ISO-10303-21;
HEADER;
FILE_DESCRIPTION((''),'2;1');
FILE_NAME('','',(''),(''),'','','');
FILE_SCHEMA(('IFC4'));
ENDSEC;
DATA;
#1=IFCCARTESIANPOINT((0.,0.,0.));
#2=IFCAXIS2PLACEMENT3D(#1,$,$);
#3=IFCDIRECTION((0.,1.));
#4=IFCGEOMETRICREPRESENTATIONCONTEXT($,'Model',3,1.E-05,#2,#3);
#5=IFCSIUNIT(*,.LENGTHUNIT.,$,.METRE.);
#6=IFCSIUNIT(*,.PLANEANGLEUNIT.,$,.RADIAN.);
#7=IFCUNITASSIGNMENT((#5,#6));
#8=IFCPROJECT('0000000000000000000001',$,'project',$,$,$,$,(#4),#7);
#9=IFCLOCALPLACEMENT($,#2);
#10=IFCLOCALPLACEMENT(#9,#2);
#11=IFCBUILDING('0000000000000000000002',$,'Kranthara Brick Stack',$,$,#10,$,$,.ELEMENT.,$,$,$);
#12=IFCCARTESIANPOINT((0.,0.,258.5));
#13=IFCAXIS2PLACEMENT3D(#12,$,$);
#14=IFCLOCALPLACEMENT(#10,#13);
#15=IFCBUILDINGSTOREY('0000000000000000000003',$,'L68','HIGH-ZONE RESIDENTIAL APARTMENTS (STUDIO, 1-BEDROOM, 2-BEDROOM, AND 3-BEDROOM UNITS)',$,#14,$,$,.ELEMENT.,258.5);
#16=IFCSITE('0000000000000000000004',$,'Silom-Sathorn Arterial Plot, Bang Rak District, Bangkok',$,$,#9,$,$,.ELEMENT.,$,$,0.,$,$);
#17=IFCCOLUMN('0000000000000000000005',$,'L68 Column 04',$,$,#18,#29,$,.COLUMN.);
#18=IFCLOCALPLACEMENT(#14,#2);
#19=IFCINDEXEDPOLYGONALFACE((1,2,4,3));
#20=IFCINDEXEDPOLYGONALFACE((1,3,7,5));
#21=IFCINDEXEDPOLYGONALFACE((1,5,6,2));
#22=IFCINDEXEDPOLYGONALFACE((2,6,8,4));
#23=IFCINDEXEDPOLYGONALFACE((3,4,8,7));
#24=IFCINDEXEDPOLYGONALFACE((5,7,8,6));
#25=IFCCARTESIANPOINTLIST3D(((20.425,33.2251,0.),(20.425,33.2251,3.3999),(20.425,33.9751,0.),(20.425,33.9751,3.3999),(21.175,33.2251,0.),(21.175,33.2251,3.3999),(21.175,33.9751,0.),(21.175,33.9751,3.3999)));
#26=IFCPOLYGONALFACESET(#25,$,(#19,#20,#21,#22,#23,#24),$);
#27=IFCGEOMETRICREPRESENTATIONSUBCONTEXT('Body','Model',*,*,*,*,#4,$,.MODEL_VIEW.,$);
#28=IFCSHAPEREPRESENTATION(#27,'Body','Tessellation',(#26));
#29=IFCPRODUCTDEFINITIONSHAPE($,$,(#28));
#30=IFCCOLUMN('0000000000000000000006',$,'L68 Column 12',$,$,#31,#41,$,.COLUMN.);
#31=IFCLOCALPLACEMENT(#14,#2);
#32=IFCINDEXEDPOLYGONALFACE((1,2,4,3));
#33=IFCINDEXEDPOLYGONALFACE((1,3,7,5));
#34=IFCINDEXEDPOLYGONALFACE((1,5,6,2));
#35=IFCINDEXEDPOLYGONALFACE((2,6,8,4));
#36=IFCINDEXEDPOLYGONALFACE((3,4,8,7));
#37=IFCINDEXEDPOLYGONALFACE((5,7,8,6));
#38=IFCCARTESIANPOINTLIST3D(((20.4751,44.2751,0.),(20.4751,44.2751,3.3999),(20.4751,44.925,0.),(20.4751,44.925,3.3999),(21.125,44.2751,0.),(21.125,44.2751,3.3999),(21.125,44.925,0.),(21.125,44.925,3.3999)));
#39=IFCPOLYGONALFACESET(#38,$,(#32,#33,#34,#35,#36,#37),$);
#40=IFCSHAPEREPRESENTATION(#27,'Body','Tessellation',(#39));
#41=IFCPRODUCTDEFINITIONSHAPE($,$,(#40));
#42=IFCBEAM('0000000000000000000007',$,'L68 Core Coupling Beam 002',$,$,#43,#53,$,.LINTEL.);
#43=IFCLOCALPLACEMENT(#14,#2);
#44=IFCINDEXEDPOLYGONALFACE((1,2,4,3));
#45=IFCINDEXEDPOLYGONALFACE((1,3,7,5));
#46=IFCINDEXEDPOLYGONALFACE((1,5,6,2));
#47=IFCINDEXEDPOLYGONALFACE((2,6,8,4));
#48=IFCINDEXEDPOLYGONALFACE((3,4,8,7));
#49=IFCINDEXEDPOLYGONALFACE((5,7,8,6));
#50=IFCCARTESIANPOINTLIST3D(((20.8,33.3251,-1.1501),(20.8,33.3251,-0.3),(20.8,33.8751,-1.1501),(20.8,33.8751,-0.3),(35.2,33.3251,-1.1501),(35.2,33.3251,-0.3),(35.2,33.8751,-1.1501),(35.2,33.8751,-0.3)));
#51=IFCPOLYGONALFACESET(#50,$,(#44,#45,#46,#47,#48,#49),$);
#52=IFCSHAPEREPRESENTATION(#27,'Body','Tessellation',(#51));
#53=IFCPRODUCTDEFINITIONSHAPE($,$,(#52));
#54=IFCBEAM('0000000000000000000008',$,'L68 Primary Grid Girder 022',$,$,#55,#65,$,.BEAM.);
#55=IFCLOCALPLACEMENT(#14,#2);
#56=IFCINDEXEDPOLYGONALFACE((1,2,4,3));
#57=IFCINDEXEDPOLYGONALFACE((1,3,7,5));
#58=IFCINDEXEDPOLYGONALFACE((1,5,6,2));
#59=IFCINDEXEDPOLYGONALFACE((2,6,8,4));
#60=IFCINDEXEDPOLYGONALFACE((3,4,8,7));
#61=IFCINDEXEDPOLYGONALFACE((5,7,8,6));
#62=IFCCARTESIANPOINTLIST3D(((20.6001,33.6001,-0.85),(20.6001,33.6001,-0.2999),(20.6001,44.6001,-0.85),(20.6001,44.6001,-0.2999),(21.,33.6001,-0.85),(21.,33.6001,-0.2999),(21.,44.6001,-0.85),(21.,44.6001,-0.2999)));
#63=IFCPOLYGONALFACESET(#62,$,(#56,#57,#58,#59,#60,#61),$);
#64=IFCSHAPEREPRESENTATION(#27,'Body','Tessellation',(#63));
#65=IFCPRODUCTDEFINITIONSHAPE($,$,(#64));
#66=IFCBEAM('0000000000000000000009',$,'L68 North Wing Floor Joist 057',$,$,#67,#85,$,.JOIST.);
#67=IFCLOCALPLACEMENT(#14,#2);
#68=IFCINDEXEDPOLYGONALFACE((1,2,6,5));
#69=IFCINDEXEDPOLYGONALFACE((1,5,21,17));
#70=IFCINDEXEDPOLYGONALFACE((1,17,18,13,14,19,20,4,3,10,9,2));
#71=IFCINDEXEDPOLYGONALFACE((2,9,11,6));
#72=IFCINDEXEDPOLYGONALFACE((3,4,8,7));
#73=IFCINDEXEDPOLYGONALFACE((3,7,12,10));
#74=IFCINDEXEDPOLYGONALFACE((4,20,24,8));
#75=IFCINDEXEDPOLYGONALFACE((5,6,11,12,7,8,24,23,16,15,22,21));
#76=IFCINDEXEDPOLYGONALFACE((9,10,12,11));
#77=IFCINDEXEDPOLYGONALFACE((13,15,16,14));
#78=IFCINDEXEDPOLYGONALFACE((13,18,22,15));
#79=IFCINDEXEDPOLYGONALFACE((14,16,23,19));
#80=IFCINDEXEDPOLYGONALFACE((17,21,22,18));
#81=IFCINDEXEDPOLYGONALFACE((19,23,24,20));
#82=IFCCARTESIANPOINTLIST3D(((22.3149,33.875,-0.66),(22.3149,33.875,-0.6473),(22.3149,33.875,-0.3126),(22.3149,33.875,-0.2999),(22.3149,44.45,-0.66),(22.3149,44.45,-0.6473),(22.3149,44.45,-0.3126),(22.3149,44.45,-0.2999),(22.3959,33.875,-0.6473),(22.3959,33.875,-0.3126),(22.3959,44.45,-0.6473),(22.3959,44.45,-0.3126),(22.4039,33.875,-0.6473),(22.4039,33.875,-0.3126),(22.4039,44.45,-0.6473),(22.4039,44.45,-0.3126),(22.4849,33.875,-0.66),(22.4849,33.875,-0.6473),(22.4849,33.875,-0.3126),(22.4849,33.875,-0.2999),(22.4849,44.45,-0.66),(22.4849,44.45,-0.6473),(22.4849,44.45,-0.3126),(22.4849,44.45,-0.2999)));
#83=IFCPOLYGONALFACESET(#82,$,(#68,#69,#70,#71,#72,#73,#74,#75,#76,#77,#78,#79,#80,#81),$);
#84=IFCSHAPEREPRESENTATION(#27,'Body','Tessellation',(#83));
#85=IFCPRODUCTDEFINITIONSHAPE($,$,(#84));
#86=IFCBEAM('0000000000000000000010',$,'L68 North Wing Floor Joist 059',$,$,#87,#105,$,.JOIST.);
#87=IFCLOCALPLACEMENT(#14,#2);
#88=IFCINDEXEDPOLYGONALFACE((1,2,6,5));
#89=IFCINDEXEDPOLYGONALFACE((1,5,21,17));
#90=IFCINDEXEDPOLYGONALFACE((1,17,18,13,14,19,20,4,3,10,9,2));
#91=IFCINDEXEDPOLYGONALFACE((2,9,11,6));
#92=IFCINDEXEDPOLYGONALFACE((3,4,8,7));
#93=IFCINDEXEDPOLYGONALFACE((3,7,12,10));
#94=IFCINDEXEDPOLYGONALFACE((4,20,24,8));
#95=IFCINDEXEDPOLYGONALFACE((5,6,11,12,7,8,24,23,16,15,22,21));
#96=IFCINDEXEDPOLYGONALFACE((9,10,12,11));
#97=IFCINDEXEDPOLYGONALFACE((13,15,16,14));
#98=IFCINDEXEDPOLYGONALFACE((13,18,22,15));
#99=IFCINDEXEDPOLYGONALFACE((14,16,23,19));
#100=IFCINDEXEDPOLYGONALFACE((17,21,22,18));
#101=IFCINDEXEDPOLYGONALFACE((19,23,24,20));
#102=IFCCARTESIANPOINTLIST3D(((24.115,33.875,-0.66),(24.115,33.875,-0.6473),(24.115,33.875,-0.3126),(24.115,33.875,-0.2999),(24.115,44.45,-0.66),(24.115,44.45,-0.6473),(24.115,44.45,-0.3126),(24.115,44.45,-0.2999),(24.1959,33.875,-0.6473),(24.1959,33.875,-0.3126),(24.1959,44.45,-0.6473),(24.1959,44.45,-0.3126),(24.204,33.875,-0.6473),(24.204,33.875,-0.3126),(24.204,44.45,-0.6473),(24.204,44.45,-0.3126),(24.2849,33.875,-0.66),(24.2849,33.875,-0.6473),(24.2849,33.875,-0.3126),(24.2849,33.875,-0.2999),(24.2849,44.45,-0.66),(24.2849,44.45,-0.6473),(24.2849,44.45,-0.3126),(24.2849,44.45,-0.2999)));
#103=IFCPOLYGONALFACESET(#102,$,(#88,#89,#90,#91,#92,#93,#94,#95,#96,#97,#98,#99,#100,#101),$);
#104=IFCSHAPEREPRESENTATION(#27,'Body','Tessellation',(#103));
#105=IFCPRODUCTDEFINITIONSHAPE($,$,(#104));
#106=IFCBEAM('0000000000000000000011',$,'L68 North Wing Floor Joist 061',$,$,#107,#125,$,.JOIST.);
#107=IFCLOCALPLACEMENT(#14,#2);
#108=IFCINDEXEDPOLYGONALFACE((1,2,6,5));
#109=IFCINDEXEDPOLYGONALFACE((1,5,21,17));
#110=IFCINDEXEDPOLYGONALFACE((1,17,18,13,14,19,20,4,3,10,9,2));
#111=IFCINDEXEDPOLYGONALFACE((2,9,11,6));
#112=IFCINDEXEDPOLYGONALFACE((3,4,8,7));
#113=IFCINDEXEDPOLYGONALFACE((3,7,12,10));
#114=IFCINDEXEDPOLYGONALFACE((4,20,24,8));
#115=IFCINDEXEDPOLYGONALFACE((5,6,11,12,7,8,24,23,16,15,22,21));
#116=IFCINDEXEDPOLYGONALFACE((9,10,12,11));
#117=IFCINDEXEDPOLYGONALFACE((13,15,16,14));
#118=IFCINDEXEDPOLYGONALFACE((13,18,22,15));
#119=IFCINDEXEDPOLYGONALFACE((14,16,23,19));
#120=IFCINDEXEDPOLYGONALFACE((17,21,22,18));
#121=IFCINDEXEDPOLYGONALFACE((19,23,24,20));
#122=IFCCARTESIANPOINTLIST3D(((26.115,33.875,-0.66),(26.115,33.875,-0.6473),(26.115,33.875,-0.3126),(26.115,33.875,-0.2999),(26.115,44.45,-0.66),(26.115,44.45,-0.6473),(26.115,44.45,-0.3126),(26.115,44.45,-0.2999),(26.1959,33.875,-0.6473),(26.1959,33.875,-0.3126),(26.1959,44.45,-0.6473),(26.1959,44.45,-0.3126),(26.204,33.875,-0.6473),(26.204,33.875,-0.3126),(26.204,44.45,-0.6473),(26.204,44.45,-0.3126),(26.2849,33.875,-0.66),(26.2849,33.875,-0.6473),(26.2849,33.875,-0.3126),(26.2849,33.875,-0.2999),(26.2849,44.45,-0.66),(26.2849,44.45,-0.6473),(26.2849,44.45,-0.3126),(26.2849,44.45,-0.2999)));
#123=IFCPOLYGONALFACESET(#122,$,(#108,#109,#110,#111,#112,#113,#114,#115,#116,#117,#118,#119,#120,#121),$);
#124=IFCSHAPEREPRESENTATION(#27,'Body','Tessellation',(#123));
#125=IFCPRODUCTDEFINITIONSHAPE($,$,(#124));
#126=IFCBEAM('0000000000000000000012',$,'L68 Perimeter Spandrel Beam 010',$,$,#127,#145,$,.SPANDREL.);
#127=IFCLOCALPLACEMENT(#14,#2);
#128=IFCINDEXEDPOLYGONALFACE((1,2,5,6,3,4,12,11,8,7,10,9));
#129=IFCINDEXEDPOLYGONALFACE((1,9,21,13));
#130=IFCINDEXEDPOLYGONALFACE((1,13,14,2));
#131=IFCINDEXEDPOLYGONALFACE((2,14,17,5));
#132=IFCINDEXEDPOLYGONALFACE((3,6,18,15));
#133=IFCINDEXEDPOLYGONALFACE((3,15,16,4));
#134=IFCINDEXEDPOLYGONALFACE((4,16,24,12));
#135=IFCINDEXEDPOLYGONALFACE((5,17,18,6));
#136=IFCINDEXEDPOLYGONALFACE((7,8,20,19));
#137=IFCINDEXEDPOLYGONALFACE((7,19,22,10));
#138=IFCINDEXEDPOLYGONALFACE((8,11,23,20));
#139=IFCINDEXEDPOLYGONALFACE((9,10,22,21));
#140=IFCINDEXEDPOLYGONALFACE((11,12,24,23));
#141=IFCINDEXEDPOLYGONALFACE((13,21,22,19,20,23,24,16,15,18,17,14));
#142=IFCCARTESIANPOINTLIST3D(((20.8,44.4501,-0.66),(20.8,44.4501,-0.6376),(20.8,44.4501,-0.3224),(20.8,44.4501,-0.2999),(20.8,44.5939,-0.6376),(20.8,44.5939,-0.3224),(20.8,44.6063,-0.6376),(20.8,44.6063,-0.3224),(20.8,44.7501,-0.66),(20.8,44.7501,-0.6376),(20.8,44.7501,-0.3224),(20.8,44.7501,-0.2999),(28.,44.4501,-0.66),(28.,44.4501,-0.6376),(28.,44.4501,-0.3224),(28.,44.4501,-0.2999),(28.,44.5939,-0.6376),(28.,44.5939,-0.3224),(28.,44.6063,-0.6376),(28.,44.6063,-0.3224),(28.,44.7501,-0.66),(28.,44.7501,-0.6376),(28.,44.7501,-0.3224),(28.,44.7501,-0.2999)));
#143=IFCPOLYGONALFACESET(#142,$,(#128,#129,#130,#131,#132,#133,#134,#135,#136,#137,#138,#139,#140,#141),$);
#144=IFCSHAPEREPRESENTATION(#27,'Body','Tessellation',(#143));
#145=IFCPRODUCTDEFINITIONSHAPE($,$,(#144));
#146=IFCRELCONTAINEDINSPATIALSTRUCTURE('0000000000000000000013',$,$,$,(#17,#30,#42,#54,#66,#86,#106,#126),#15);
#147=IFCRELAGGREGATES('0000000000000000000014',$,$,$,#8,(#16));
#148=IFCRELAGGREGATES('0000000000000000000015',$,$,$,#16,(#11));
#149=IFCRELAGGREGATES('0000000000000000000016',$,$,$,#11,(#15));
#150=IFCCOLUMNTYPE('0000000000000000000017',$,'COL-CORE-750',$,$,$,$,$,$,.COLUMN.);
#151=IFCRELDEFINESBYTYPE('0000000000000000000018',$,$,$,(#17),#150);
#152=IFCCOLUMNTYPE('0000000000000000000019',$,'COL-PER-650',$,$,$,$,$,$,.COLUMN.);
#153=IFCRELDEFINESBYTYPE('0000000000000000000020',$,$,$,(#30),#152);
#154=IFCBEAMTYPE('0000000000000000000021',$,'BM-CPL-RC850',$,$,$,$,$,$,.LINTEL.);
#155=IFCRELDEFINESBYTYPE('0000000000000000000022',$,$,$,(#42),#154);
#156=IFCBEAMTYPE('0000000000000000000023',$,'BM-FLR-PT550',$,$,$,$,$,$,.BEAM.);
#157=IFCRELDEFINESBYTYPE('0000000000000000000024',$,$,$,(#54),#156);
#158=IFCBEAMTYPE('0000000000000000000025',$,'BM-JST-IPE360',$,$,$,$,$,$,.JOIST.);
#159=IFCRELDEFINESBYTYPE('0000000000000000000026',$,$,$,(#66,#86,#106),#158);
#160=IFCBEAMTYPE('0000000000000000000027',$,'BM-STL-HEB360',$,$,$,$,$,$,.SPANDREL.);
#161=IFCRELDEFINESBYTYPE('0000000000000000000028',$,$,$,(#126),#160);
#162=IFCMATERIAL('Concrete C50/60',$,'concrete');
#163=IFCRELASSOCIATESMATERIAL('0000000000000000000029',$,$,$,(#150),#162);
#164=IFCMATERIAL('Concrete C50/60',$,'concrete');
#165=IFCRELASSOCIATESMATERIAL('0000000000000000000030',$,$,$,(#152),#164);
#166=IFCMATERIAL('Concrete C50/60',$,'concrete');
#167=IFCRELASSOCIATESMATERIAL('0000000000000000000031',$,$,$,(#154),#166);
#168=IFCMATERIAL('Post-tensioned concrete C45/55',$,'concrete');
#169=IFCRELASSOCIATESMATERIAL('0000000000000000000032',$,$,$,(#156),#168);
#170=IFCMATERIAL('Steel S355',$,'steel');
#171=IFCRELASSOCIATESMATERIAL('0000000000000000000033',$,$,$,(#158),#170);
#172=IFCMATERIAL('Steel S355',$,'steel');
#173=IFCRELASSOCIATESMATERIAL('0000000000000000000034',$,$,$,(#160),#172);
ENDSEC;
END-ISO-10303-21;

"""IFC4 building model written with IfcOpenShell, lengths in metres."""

from ifc_helpers import new_model, si_unit, direction, frame, origin, origin_2d, place, context, subcontext, project, spatial, rectangle, i_section, extrude, material, material_profile, profile_set, type_object, element, save


model = new_model("IFC4")

# Units and contexts
model_context = context("Model", 3, precision=1e-05, world=origin(), true_north=direction((0.0, 1.0)))
body_context = subcontext(model_context, "Body", "Model", "MODEL_VIEW")
ifc_project = project(units=[si_unit("LENGTHUNIT", "METRE"), si_unit("PLANEANGLEUNIT", "RADIAN")], contexts=[model_context])

# Site, building, storey
site_placement = place(None, origin())
site = spatial("IfcSite", under=ifc_project, at=site_placement, Name="Silom-Sathorn Arterial Plot, Bang Rak District, Bangkok", CompositionType="ELEMENT", RefElevation=0.0)
building_placement = place(site_placement, origin())
building = spatial("IfcBuilding", under=site, at=building_placement, Name="Kranthara Brick Stack", CompositionType="ELEMENT")
storey_placement = place(building_placement, frame((0.0, 0.0, 258.5)))
storey = spatial("IfcBuildingStorey", under=building, at=storey_placement, Name="L68", Description="HIGH-ZONE RESIDENTIAL APARTMENTS (STUDIO, 1-BEDROOM, 2-BEDROOM, AND 3-BEDROOM UNITS)", CompositionType="ELEMENT", Elevation=258.5)

# Columns
ifc_material_1 = material(Name="Concrete C50/60", Category="concrete")
ifc_material_profile_1 = material_profile(ifc_material_1, rectangle(XDim=0.75, YDim=0.75, at=origin_2d()), Name="RC 750x750")
ifc_profile_set_1 = profile_set([ifc_material_profile_1], Name="Concrete C50/60")
column_type_1 = type_object("IfcColumnType", Name="COL-CORE-750", PredefinedType="COLUMN", material=ifc_profile_set_1)
column_1_placement = place(storey_placement, frame((20.8, 33.6001, 0.0), z_axis=(0.0, 0.0, 1.0), x_axis=(1.0, 0.0, 0.0)))
element("IfcColumn", 1, at=column_1_placement, inside=storey, type_object=column_type_1, Name="L68 Column 04", PredefinedType="COLUMN", context=body_context, shape_type="SweptSolid", body=[
    extrude(rectangle(XDim=0.75, YDim=0.75, at=origin_2d()), origin(), (0.0, 0.0, 1.0), 3.3999),
])
ifc_material_2 = material(Name="Concrete C50/60", Category="concrete")
ifc_material_profile_2 = material_profile(ifc_material_2, rectangle(XDim=0.6499, YDim=0.6499, at=origin_2d()), Name="RC 650x650")
ifc_profile_set_2 = profile_set([ifc_material_profile_2], Name="Concrete C50/60")
column_type_2 = type_object("IfcColumnType", Name="COL-PER-650", PredefinedType="COLUMN", material=ifc_profile_set_2)
column_2_placement = place(storey_placement, frame((20.8, 44.6001, 0.0), z_axis=(0.0, 0.0, 1.0), x_axis=(1.0, 0.0, 0.0)))
element("IfcColumn", 2, at=column_2_placement, inside=storey, type_object=column_type_2, Name="L68 Column 12", PredefinedType="COLUMN", context=body_context, shape_type="SweptSolid", body=[
    extrude(rectangle(XDim=0.6499, YDim=0.6499, at=origin_2d()), origin(), (0.0, 0.0, 1.0), 3.3999),
])

# Beams
ifc_material_3 = material(Name="Concrete C50/60", Category="concrete")
ifc_material_profile_3 = material_profile(ifc_material_3, rectangle(XDim=0.55, YDim=0.8501, at=origin_2d()), Name="RC 550x850")
ifc_profile_set_3 = profile_set([ifc_material_profile_3], Name="Concrete C50/60")
beam_type_1 = type_object("IfcBeamType", Name="BM-CPL-RC850", PredefinedType="LINTEL", material=ifc_profile_set_3)
beam_1_placement = place(storey_placement, frame((20.8, 33.6001, -0.7251), z_axis=(1.0, 0.0, 0.0), x_axis=(0.0, 1.0, 0.0)))
element("IfcBeam", 3, at=beam_1_placement, inside=storey, type_object=beam_type_1, Name="L68 Core Coupling Beam 002", PredefinedType="LINTEL", context=body_context, shape_type="SweptSolid", body=[
    extrude(rectangle(XDim=0.55, YDim=0.8501, at=origin_2d()), origin(), (0.0, 0.0, 1.0), 14.3999),
])
ifc_material_4 = material(Name="Post-tensioned concrete C45/55", Category="concrete")
ifc_material_profile_4 = material_profile(ifc_material_4, rectangle(XDim=0.3999, YDim=0.55, at=origin_2d()), Name="PT 400x550")
ifc_profile_set_4 = profile_set([ifc_material_profile_4], Name="Post-tensioned concrete C45/55")
beam_type_2 = type_object("IfcBeamType", Name="BM-FLR-PT550", PredefinedType="BEAM", material=ifc_profile_set_4)
beam_2_placement = place(storey_placement, frame((20.8, 33.6001, -0.575), z_axis=(0.0, 1.0, 0.0), x_axis=(-1.0, 0.0, 0.0)))
element("IfcBeam", 4, at=beam_2_placement, inside=storey, type_object=beam_type_2, Name="L68 Primary Grid Girder 022", PredefinedType="BEAM", context=body_context, shape_type="SweptSolid", body=[
    extrude(rectangle(XDim=0.3999, YDim=0.55, at=origin_2d()), origin(), (0.0, 0.0, 1.0), 11.0),
])
ifc_material_5 = material(Name="Steel S355", Category="steel")
ifc_material_profile_5 = material_profile(ifc_material_5, i_section(OverallWidth=0.1699, OverallDepth=0.3601, WebThickness=0.0081, FlangeThickness=0.0127, at=origin_2d()), Name="IPE 360")
ifc_profile_set_5 = profile_set([ifc_material_profile_5], Name="Steel S355")
beam_type_3 = type_object("IfcBeamType", Name="BM-JST-IPE360", PredefinedType="JOIST", material=ifc_profile_set_5)
for number, where, z_axis, x_axis, name in (
    (5, (22.3999, 33.875, -0.48), (0.0, 1.0, 0.0), (-1.0, 0.0, 0.0), "L68 North Wing Floor Joist 057"),
    (6, (24.2, 33.875, -0.48), (0.0, 1.0, 0.0), (-1.0, 0.0, 0.0), "L68 North Wing Floor Joist 059"),
    (7, (26.2, 33.875, -0.48), (0.0, 1.0, 0.0), (-1.0, 0.0, 0.0), "L68 North Wing Floor Joist 061"),
):
    element("IfcBeam", number, at=place(storey_placement, frame(where, z_axis=z_axis, x_axis=x_axis)), inside=storey, type_object=beam_type_3, Name=name, PredefinedType="JOIST", context=body_context, shape_type="SweptSolid", body=[
        extrude(i_section(OverallWidth=0.1699, OverallDepth=0.3601, WebThickness=0.0081, FlangeThickness=0.0127, at=origin_2d()), origin(), (0.0, 0.0, 1.0), 10.575),
    ])
ifc_material_6 = material(Name="Steel S355", Category="steel")
ifc_material_profile_6 = material_profile(ifc_material_6, i_section(OverallWidth=0.3, OverallDepth=0.3601, WebThickness=0.0125, FlangeThickness=0.0225, at=origin_2d()), Name="HEB 360")
ifc_profile_set_6 = profile_set([ifc_material_profile_6], Name="Steel S355")
beam_type_4 = type_object("IfcBeamType", Name="BM-STL-HEB360", PredefinedType="SPANDREL", material=ifc_profile_set_6)
beam_3_placement = place(storey_placement, frame((20.8, 44.6001, -0.48), z_axis=(1.0, 0.0, 0.0), x_axis=(0.0, 1.0, 0.0)))
element("IfcBeam", 8, at=beam_3_placement, inside=storey, type_object=beam_type_4, Name="L68 Perimeter Spandrel Beam 010", PredefinedType="SPANDREL", context=body_context, shape_type="SweptSolid", body=[
    extrude(i_section(OverallWidth=0.3, OverallDepth=0.3601, WebThickness=0.0125, FlangeThickness=0.0225, at=origin_2d()), origin(), (0.0, 0.0, 1.0), 7.2),
])

save(model, "model.ifc")
